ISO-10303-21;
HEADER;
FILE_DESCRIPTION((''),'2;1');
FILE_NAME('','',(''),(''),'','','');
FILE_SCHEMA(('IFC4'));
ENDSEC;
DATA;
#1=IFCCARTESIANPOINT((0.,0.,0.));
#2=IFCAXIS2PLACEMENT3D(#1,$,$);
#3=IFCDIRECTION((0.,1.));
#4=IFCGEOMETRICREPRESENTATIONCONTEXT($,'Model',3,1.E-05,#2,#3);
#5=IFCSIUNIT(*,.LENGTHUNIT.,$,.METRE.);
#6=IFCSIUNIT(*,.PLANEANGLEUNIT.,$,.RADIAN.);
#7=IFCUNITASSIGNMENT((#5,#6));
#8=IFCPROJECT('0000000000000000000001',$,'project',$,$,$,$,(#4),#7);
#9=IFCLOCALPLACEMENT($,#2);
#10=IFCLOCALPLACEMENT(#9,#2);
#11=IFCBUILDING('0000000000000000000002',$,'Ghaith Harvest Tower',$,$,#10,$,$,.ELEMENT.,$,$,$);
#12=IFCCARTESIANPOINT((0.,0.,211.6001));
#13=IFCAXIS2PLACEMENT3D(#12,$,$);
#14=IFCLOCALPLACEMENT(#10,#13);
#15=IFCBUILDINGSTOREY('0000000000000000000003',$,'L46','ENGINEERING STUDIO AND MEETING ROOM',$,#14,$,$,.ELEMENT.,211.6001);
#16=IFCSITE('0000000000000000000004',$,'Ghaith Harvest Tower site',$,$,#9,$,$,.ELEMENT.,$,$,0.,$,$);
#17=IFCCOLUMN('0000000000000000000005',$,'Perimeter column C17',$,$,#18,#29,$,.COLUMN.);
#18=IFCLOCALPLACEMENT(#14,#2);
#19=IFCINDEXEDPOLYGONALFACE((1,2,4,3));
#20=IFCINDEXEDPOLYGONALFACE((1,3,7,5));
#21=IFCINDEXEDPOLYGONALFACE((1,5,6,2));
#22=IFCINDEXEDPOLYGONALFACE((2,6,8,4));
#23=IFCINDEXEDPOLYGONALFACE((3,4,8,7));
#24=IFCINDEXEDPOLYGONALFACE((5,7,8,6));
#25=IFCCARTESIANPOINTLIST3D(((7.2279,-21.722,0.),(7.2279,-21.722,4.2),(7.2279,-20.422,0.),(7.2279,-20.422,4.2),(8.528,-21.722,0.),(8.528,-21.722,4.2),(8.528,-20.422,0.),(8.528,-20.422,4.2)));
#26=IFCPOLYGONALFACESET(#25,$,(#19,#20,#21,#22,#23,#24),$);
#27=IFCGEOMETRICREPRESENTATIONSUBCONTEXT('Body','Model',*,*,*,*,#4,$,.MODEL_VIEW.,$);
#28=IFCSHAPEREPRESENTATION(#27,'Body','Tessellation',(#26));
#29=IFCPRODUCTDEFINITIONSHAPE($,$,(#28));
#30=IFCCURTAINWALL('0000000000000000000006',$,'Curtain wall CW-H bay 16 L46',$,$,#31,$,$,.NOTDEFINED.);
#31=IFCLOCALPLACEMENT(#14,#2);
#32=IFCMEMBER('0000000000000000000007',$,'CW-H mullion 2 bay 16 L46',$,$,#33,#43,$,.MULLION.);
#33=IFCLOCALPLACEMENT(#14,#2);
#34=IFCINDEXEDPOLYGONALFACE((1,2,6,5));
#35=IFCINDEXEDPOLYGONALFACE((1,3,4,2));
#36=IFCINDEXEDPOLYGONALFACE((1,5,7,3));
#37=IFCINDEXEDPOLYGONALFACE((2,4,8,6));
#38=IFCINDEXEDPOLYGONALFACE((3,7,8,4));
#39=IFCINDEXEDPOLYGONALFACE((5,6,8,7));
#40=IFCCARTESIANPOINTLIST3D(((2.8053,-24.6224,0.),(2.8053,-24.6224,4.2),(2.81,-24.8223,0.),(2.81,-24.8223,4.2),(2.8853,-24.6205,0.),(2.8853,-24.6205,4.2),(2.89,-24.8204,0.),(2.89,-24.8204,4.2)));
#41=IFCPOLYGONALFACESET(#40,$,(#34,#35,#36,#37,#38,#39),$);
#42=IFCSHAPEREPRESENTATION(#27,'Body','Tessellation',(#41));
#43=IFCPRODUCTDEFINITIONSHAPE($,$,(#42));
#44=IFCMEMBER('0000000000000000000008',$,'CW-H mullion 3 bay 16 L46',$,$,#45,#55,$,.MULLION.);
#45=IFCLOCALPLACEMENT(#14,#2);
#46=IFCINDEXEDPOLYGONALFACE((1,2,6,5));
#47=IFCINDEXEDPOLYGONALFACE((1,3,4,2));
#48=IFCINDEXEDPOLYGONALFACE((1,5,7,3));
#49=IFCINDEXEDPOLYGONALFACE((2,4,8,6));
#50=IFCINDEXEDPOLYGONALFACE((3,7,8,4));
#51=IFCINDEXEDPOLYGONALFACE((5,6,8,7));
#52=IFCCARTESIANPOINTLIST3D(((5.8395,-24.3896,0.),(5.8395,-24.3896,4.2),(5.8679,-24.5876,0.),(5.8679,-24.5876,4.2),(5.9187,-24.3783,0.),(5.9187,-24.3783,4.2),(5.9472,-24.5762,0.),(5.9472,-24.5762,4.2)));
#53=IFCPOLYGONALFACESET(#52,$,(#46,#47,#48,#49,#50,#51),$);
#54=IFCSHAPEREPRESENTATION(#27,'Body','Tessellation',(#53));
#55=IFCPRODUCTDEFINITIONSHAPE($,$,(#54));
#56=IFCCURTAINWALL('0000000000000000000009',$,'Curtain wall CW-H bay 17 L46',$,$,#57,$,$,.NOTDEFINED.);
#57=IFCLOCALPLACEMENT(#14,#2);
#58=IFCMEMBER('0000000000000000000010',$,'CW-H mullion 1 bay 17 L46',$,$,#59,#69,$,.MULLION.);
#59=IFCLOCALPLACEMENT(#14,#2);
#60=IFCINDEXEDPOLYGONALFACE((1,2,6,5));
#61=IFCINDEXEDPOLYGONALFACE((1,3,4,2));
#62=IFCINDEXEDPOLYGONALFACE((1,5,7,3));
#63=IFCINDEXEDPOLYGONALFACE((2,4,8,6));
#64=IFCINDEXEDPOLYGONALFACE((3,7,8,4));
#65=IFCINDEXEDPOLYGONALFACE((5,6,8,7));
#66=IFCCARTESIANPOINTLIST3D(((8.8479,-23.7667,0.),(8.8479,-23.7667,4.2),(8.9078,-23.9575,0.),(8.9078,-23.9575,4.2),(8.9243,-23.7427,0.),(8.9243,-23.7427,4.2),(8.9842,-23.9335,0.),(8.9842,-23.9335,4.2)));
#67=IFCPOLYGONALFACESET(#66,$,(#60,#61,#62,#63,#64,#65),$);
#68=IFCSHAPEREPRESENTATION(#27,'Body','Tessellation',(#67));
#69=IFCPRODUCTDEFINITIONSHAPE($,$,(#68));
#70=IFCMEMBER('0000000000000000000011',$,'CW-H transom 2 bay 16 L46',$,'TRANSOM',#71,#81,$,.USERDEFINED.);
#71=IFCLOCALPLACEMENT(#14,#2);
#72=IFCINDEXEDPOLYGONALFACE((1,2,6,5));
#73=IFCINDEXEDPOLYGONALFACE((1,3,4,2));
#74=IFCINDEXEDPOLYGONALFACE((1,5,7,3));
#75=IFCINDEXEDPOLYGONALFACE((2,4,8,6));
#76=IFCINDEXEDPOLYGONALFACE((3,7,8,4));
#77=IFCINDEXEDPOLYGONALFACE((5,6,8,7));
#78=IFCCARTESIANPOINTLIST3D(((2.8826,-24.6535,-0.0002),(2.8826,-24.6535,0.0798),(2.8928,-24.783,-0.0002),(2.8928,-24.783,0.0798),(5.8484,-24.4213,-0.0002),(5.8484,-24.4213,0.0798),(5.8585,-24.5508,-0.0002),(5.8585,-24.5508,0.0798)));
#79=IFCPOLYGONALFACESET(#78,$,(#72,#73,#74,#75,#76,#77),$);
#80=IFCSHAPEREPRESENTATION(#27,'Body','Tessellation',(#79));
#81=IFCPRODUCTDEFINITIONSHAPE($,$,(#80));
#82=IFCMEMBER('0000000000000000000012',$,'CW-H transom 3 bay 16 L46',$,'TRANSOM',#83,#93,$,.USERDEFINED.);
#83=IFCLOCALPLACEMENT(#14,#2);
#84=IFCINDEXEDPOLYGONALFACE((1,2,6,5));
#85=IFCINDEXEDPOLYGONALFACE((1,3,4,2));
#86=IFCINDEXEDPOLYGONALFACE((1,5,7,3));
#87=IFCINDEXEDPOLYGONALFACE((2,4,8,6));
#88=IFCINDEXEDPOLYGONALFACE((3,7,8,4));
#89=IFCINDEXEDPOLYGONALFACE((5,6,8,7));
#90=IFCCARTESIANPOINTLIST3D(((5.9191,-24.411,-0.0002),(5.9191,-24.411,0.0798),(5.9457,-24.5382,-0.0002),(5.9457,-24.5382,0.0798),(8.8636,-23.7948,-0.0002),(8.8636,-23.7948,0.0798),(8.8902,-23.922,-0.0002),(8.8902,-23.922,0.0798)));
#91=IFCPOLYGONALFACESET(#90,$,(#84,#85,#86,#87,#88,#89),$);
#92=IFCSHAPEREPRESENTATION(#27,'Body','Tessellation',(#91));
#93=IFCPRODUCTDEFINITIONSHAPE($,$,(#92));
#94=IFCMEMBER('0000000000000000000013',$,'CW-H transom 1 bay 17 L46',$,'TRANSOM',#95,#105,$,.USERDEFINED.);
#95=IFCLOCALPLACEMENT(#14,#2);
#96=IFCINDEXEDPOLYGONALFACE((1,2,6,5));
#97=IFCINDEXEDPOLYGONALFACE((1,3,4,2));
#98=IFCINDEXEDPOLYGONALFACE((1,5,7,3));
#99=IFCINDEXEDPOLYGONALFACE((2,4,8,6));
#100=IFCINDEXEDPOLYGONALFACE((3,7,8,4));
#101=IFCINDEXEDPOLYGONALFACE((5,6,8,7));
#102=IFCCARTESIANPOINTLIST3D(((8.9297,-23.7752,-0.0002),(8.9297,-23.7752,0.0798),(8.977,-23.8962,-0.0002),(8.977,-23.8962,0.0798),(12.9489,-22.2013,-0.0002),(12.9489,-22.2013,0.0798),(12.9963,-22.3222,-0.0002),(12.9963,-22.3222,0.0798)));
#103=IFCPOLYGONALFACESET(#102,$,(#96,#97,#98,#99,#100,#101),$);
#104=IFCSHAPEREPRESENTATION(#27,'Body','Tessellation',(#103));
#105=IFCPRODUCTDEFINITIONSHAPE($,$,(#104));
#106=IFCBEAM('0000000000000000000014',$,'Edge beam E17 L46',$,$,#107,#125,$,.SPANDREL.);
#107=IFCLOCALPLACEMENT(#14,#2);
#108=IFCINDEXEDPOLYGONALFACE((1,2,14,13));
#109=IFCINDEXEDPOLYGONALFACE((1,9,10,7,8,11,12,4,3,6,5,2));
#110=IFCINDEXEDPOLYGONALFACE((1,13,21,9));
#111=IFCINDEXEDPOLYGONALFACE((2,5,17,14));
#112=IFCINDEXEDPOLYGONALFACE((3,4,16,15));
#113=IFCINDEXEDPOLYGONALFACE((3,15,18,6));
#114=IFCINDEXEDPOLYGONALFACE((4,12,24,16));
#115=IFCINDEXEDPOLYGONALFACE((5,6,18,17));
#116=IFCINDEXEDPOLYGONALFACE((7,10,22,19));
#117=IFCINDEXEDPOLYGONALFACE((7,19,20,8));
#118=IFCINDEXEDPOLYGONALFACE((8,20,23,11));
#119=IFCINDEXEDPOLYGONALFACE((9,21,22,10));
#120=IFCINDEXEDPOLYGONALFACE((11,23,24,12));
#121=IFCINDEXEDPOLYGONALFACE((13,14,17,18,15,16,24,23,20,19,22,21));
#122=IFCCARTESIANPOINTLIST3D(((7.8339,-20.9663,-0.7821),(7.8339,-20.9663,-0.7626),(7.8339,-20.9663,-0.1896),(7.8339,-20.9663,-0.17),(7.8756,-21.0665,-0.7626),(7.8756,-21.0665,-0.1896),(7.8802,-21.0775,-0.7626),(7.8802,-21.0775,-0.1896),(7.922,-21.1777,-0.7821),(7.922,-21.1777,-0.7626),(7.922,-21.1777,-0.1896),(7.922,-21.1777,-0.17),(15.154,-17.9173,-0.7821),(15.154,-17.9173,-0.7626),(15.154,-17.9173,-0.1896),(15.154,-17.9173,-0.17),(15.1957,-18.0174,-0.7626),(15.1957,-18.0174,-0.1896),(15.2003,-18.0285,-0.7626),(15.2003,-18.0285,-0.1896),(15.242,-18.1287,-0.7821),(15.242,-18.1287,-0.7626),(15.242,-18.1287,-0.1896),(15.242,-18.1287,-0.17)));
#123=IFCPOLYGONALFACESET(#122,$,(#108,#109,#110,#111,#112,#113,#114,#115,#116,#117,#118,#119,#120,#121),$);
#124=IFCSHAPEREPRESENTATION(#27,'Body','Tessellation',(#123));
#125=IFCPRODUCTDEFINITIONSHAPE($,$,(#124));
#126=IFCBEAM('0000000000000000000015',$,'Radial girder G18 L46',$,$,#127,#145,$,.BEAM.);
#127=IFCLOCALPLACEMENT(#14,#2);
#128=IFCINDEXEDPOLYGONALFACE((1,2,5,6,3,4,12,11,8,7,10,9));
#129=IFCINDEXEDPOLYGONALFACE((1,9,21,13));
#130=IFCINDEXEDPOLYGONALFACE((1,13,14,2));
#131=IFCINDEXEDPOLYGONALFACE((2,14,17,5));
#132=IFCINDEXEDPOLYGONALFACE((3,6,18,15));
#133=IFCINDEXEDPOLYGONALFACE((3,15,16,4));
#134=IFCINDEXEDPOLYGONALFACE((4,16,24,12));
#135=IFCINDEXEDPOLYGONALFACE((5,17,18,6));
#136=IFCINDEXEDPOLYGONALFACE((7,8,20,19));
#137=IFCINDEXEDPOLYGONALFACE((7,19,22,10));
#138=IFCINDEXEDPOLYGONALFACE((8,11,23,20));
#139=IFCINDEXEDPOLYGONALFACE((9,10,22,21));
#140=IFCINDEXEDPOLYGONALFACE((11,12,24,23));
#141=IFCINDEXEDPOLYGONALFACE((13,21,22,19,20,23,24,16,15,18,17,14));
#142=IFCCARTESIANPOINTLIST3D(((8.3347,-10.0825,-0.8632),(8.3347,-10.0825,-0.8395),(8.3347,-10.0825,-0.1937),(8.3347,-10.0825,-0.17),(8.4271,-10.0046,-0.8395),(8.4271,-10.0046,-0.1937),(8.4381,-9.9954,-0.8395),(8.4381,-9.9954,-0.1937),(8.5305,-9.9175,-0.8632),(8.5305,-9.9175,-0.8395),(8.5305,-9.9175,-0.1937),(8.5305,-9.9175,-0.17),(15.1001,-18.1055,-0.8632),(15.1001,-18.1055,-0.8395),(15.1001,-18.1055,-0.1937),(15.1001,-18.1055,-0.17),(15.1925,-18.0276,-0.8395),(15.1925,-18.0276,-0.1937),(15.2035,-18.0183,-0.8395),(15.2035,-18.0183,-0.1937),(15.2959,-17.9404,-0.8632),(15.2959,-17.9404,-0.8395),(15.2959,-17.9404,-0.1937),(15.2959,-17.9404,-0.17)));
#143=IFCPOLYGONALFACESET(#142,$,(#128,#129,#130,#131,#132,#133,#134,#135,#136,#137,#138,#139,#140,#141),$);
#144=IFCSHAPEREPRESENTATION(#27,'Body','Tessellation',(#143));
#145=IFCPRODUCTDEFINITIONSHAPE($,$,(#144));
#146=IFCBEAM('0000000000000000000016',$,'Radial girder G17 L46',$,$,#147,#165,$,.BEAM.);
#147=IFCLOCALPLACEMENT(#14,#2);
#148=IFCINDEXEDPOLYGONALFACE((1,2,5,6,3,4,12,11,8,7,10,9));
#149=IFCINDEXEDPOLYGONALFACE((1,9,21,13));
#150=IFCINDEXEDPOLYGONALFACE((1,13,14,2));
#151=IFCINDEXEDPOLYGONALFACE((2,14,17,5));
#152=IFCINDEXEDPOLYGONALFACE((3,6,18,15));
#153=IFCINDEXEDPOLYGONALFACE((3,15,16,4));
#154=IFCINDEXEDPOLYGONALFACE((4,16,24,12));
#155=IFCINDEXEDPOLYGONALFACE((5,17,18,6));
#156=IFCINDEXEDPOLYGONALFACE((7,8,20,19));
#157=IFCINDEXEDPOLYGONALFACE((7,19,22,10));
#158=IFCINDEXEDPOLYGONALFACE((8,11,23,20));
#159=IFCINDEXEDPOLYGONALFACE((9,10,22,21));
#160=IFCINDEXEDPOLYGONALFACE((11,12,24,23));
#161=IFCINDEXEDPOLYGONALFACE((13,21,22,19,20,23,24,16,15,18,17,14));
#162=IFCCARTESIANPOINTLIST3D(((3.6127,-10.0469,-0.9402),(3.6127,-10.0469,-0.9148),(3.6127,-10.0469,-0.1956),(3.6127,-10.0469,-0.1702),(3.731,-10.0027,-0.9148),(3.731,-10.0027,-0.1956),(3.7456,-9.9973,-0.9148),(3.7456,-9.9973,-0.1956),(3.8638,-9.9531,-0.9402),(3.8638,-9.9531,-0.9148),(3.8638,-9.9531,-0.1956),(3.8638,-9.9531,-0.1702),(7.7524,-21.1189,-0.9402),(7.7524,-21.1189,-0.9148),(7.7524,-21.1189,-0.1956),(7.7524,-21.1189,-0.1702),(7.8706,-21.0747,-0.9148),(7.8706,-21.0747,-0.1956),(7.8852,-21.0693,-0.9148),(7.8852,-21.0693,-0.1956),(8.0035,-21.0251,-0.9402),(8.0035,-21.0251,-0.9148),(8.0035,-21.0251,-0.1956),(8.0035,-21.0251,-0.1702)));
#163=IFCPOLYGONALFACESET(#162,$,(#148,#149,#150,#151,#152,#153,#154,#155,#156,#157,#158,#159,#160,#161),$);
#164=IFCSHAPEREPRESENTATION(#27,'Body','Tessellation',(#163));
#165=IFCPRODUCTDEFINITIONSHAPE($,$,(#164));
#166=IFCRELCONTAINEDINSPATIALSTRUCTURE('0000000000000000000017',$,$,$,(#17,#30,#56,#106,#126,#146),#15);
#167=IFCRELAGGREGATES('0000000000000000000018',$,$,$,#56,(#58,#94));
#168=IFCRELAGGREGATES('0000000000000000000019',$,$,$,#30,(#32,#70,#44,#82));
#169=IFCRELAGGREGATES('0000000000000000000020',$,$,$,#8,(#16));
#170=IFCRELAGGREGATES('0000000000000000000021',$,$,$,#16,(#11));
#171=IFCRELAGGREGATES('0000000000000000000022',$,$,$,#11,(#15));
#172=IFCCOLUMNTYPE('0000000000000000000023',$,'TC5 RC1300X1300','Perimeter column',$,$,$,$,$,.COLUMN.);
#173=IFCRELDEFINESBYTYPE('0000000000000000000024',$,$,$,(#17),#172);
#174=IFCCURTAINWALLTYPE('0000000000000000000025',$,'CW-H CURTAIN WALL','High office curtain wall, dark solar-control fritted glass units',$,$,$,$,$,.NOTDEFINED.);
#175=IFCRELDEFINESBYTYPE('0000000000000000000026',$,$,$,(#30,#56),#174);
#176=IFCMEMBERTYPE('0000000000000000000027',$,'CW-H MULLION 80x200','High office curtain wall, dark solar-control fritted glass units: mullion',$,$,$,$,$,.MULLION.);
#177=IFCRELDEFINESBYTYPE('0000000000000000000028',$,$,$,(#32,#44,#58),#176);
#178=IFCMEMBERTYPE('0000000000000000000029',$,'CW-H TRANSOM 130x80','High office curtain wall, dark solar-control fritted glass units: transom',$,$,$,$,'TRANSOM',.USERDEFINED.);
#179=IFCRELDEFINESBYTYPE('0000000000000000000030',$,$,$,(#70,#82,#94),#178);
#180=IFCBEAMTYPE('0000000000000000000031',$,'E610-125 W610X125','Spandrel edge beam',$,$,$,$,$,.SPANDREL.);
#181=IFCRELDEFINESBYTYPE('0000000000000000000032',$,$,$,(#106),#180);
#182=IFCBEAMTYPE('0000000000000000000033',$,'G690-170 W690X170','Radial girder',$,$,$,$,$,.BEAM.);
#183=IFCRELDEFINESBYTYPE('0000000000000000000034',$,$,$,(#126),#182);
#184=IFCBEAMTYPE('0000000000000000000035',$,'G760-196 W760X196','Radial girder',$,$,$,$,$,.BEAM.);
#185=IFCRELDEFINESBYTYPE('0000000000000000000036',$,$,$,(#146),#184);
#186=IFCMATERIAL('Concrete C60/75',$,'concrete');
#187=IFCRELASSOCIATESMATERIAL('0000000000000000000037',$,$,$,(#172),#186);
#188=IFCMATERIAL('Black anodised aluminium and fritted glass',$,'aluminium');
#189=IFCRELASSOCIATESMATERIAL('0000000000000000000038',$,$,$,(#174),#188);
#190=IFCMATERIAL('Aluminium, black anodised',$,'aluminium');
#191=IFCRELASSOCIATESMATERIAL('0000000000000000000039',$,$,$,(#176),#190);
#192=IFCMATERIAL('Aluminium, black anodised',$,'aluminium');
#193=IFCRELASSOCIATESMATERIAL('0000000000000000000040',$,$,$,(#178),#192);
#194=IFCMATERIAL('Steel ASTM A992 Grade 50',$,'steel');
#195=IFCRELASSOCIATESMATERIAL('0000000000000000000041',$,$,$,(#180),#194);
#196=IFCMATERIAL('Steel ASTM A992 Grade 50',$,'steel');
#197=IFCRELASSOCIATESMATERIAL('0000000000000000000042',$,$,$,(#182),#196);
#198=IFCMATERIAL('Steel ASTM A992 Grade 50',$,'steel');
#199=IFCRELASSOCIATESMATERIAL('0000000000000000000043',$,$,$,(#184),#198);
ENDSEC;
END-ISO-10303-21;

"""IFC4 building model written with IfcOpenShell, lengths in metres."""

from ifc_helpers import new_model, si_unit, direction, frame, origin, origin_2d, place, context, subcontext, project, spatial, rectangle, i_section, extrude, material, material_profile, profile_set, type_object, element, aggregate, save


model = new_model("IFC4")

# Units and contexts
model_context = context("Model", 3, precision=1e-05, world=origin(), true_north=direction((0.0, 1.0)))
body_context = subcontext(model_context, "Body", "Model", "MODEL_VIEW")
ifc_project = project(units=[si_unit("LENGTHUNIT", "METRE"), si_unit("PLANEANGLEUNIT", "RADIAN")], contexts=[model_context])

# Site, building, storey
site_placement = place(None, origin())
site = spatial("IfcSite", under=ifc_project, at=site_placement, Name="Ghaith Harvest Tower site", CompositionType="ELEMENT", RefElevation=0.0)
building_placement = place(site_placement, origin())
building = spatial("IfcBuilding", under=site, at=building_placement, Name="Ghaith Harvest Tower", CompositionType="ELEMENT")
storey_placement = place(building_placement, frame((0.0, 0.0, 211.6001)))
storey = spatial("IfcBuildingStorey", under=building, at=storey_placement, Name="L46", Description="ENGINEERING STUDIO AND MEETING ROOM", CompositionType="ELEMENT", Elevation=211.6001)

# Column
ifc_material_1 = material(Name="Concrete C60/75", Category="concrete")
ifc_material_profile_1 = material_profile(ifc_material_1, rectangle(XDim=1.3, YDim=1.3, at=origin_2d()), Name="RC1300X1300")
ifc_profile_set_1 = profile_set([ifc_material_profile_1], Name="Concrete C60/75")
column_type = type_object("IfcColumnType", Name="TC5 RC1300X1300", Description="Perimeter column", PredefinedType="COLUMN", material=ifc_profile_set_1)
column_placement = place(storey_placement, frame((7.8779, -21.072, 0.0), z_axis=(0.0, 0.0, 1.0), x_axis=(1.0, 0.0, 0.0)))
element("IfcColumn", 1, at=column_placement, inside=storey, type_object=column_type, Name="Perimeter column C17", PredefinedType="COLUMN", context=body_context, shape_type="SweptSolid", body=[
    extrude(rectangle(XDim=1.3, YDim=1.3, at=origin_2d()), origin(), (0.0, 0.0, 1.0), 4.2),
])

# Curtain wall, members
ifc_material_2 = material(Name="Black anodised aluminium and fritted glass", Category="aluminium")
curtain_wall_type = type_object("IfcCurtainWallType", Name="CW-H CURTAIN WALL", Description="High office curtain wall, dark solar-control fritted glass units", PredefinedType="NOTDEFINED", material=ifc_material_2)
curtain_wall_1_placement = place(storey_placement, origin())
curtain_wall_1 = element("IfcCurtainWall", 2, at=curtain_wall_1_placement, inside=storey, type_object=curtain_wall_type, Name="Curtain wall CW-H bay 16 L46", PredefinedType="NOTDEFINED")
ifc_material_3 = material(Name="Aluminium, black anodised", Category="aluminium")
ifc_material_profile_2 = material_profile(ifc_material_3, rectangle(XDim=0.0801, YDim=0.2, at=origin_2d()), Name="CW-H MULLION 80x200")
ifc_profile_set_2 = profile_set([ifc_material_profile_2], Name="Aluminium, black anodised")
member_type_1 = type_object("IfcMemberType", Name="CW-H MULLION 80x200", Description="High office curtain wall, dark solar-control fritted glass units: mullion", PredefinedType="MULLION", material=ifc_profile_set_2)
member_1_placement = place(storey_placement, frame((2.8477, -24.7214, 0.0), z_axis=(0.0, 0.0, 1.0), x_axis=(0.999724, 0.023475, 0.0)))
member_1 = element("IfcMember", 3, at=member_1_placement, type_object=member_type_1, Name="CW-H mullion 2 bay 16 L46", PredefinedType="MULLION", context=body_context, shape_type="SweptSolid", body=[
    extrude(rectangle(XDim=0.0801, YDim=0.2, at=origin_2d()), origin(), (0.0, 0.0, 1.0), 4.2),
])
member_2_placement = place(storey_placement, frame((5.8933, -24.4829, 0.0), z_axis=(0.0, 0.0, 1.0), x_axis=(0.989849, 0.142122, 0.0)))
member_2 = element("IfcMember", 4, at=member_2_placement, type_object=member_type_1, Name="CW-H mullion 3 bay 16 L46", PredefinedType="MULLION", context=body_context, shape_type="SweptSolid", body=[
    extrude(rectangle(XDim=0.0801, YDim=0.2, at=origin_2d()), origin(), (0.0, 0.0, 1.0), 4.2),
])

# Curtain wall, member
curtain_wall_2_placement = place(storey_placement, origin())
curtain_wall_2 = element("IfcCurtainWall", 5, at=curtain_wall_2_placement, inside=storey, type_object=curtain_wall_type, Name="Curtain wall CW-H bay 17 L46", PredefinedType="NOTDEFINED")
member_3_placement = place(storey_placement, frame((8.916, -23.8501, 0.0), z_axis=(0.0, 0.0, 1.0), x_axis=(0.95403, 0.299711, 0.0)))
member_3 = element("IfcMember", 6, at=member_3_placement, type_object=member_type_1, Name="CW-H mullion 1 bay 17 L46", PredefinedType="MULLION", context=body_context, shape_type="SweptSolid", body=[
    extrude(rectangle(XDim=0.0801, YDim=0.2, at=origin_2d()), origin(), (0.0, 0.0, 1.0), 4.2),
])

# Members
ifc_material_4 = material(Name="Aluminium, black anodised", Category="aluminium")
ifc_material_profile_3 = material_profile(ifc_material_4, rectangle(XDim=0.1299, YDim=0.0801, at=origin_2d()), Name="CW-H TRANSOM 130x80")
ifc_profile_set_3 = profile_set([ifc_material_profile_3], Name="Aluminium, black anodised")
member_type_2 = type_object("IfcMemberType", Name="CW-H TRANSOM 130x80", Description="High office curtain wall, dark solar-control fritted glass units: transom", ElementType="TRANSOM", PredefinedType="USERDEFINED", material=ifc_profile_set_3)
member_4_placement = place(storey_placement, frame((2.8877, -24.7183, 0.0398), z_axis=(0.99695, 0.078046, 0.0), x_axis=(-0.078046, 0.99695, 0.0)))
member_4 = element("IfcMember", 7, at=member_4_placement, type_object=member_type_2, Name="CW-H transom 2 bay 16 L46", ObjectType="TRANSOM", PredefinedType="USERDEFINED", context=body_context, shape_type="SweptSolid", body=[
    extrude(rectangle(XDim=0.1299, YDim=0.0801, at=origin_2d()), origin(), (0.0, 0.0, 1.0), 2.9749),
])
member_5_placement = place(storey_placement, frame((5.9324, -24.4746, 0.0398), z_axis=(0.978797, 0.204832, 0.0), x_axis=(-0.204832, 0.978797, 0.0)))
member_5 = element("IfcMember", 8, at=member_5_placement, type_object=member_type_2, Name="CW-H transom 3 bay 16 L46", ObjectType="TRANSOM", PredefinedType="USERDEFINED", context=body_context, shape_type="SweptSolid", body=[
    extrude(rectangle(XDim=0.1299, YDim=0.0801, at=origin_2d()), origin(), (0.0, 0.0, 1.0), 3.0083),
])
member_6_placement = place(storey_placement, frame((8.9534, -23.8357, 0.0398), z_axis=(0.931148, 0.364642, 0.0), x_axis=(-0.364642, 0.931148, 0.0)))
member_6 = element("IfcMember", 9, at=member_6_placement, type_object=member_type_2, Name="CW-H transom 1 bay 17 L46", ObjectType="TRANSOM", PredefinedType="USERDEFINED", context=body_context, shape_type="SweptSolid", body=[
    extrude(rectangle(XDim=0.1299, YDim=0.0801, at=origin_2d()), origin(), (0.0, 0.0, 1.0), 4.3164),
])
aggregate(curtain_wall_2, [member_3, member_6])

# Beams
ifc_material_5 = material(Name="Steel ASTM A992 Grade 50", Category="steel")
ifc_material_profile_4 = material_profile(ifc_material_5, i_section(OverallWidth=0.229, OverallDepth=0.6121, WebThickness=0.012, FlangeThickness=0.0195, at=origin_2d()), Name="W610X125")
ifc_profile_set_4 = profile_set([ifc_material_profile_4], Name="Steel ASTM A992 Grade 50")
beam_type_1 = type_object("IfcBeamType", Name="E610-125 W610X125", Description="Spandrel edge beam", PredefinedType="SPANDREL", material=ifc_profile_set_4)
beam_1_placement = place(storey_placement, frame((7.8779, -21.072, -0.4761), z_axis=(0.92312, 0.384513, 0.0), x_axis=(-0.384513, 0.92312, 0.0)))
element("IfcBeam", 10, at=beam_1_placement, inside=storey, type_object=beam_type_1, Name="Edge beam E17 L46", PredefinedType="SPANDREL", context=body_context, shape_type="SweptSolid", body=[
    extrude(i_section(OverallWidth=0.229, OverallDepth=0.6121, WebThickness=0.012, FlangeThickness=0.0195, at=origin_2d()), origin(), (0.0, 0.0, 1.0), 7.9297),
])
ifc_material_6 = material(Name="Steel ASTM A992 Grade 50", Category="steel")
ifc_material_profile_5 = material_profile(ifc_material_6, i_section(OverallWidth=0.2561, OverallDepth=0.6931, WebThickness=0.0144, FlangeThickness=0.0237, at=origin_2d()), Name="W690X170")
ifc_profile_set_5 = profile_set([ifc_material_profile_5], Name="Steel ASTM A992 Grade 50")
beam_type_2 = type_object("IfcBeamType", Name="G690-170 W690X170", Description="Radial girder", PredefinedType="BEAM", material=ifc_profile_set_5)
beam_2_placement = place(storey_placement, frame((8.4326, -10.0, -0.5166), z_axis=(0.644649, -0.764478, 0.0), x_axis=(0.764478, 0.644649, 0.0)))
element("IfcBeam", 11, at=beam_2_placement, inside=storey, type_object=beam_type_2, Name="Radial girder G18 L46", PredefinedType="BEAM", context=body_context, shape_type="SweptSolid", body=[
    extrude(i_section(OverallWidth=0.2561, OverallDepth=0.6931, WebThickness=0.0144, FlangeThickness=0.0237, at=origin_2d()), origin(), (0.0, 0.0, 1.0), 10.4946),
])
ifc_material_7 = material(Name="Steel ASTM A992 Grade 50", Category="steel")
ifc_material_profile_6 = material_profile(ifc_material_7, i_section(OverallWidth=0.2681, OverallDepth=0.77, WebThickness=0.0156, FlangeThickness=0.0254, at=origin_2d()), Name="W760X196")
ifc_profile_set_6 = profile_set([ifc_material_profile_6], Name="Steel ASTM A992 Grade 50")
beam_type_3 = type_object("IfcBeamType", Name="G760-196 W760X196", Description="Radial girder", PredefinedType="BEAM", material=ifc_profile_set_6)
beam_3_placement = place(storey_placement, frame((3.7383, -10.0, -0.5552), z_axis=(0.350207, -0.936672, 0.0), x_axis=(0.936672, 0.350207, 0.0)))
element("IfcBeam", 12, at=beam_3_placement, inside=storey, type_object=beam_type_3, Name="Radial girder G17 L46", PredefinedType="BEAM", context=body_context, shape_type="SweptSolid", body=[
    extrude(i_section(OverallWidth=0.2681, OverallDepth=0.77, WebThickness=0.0156, FlangeThickness=0.0254, at=origin_2d()), origin(), (0.0, 0.0, 1.0), 11.8206),
])

aggregate(curtain_wall_1, [member_1, member_4, member_2, member_5])

save(model, "model.ifc")
